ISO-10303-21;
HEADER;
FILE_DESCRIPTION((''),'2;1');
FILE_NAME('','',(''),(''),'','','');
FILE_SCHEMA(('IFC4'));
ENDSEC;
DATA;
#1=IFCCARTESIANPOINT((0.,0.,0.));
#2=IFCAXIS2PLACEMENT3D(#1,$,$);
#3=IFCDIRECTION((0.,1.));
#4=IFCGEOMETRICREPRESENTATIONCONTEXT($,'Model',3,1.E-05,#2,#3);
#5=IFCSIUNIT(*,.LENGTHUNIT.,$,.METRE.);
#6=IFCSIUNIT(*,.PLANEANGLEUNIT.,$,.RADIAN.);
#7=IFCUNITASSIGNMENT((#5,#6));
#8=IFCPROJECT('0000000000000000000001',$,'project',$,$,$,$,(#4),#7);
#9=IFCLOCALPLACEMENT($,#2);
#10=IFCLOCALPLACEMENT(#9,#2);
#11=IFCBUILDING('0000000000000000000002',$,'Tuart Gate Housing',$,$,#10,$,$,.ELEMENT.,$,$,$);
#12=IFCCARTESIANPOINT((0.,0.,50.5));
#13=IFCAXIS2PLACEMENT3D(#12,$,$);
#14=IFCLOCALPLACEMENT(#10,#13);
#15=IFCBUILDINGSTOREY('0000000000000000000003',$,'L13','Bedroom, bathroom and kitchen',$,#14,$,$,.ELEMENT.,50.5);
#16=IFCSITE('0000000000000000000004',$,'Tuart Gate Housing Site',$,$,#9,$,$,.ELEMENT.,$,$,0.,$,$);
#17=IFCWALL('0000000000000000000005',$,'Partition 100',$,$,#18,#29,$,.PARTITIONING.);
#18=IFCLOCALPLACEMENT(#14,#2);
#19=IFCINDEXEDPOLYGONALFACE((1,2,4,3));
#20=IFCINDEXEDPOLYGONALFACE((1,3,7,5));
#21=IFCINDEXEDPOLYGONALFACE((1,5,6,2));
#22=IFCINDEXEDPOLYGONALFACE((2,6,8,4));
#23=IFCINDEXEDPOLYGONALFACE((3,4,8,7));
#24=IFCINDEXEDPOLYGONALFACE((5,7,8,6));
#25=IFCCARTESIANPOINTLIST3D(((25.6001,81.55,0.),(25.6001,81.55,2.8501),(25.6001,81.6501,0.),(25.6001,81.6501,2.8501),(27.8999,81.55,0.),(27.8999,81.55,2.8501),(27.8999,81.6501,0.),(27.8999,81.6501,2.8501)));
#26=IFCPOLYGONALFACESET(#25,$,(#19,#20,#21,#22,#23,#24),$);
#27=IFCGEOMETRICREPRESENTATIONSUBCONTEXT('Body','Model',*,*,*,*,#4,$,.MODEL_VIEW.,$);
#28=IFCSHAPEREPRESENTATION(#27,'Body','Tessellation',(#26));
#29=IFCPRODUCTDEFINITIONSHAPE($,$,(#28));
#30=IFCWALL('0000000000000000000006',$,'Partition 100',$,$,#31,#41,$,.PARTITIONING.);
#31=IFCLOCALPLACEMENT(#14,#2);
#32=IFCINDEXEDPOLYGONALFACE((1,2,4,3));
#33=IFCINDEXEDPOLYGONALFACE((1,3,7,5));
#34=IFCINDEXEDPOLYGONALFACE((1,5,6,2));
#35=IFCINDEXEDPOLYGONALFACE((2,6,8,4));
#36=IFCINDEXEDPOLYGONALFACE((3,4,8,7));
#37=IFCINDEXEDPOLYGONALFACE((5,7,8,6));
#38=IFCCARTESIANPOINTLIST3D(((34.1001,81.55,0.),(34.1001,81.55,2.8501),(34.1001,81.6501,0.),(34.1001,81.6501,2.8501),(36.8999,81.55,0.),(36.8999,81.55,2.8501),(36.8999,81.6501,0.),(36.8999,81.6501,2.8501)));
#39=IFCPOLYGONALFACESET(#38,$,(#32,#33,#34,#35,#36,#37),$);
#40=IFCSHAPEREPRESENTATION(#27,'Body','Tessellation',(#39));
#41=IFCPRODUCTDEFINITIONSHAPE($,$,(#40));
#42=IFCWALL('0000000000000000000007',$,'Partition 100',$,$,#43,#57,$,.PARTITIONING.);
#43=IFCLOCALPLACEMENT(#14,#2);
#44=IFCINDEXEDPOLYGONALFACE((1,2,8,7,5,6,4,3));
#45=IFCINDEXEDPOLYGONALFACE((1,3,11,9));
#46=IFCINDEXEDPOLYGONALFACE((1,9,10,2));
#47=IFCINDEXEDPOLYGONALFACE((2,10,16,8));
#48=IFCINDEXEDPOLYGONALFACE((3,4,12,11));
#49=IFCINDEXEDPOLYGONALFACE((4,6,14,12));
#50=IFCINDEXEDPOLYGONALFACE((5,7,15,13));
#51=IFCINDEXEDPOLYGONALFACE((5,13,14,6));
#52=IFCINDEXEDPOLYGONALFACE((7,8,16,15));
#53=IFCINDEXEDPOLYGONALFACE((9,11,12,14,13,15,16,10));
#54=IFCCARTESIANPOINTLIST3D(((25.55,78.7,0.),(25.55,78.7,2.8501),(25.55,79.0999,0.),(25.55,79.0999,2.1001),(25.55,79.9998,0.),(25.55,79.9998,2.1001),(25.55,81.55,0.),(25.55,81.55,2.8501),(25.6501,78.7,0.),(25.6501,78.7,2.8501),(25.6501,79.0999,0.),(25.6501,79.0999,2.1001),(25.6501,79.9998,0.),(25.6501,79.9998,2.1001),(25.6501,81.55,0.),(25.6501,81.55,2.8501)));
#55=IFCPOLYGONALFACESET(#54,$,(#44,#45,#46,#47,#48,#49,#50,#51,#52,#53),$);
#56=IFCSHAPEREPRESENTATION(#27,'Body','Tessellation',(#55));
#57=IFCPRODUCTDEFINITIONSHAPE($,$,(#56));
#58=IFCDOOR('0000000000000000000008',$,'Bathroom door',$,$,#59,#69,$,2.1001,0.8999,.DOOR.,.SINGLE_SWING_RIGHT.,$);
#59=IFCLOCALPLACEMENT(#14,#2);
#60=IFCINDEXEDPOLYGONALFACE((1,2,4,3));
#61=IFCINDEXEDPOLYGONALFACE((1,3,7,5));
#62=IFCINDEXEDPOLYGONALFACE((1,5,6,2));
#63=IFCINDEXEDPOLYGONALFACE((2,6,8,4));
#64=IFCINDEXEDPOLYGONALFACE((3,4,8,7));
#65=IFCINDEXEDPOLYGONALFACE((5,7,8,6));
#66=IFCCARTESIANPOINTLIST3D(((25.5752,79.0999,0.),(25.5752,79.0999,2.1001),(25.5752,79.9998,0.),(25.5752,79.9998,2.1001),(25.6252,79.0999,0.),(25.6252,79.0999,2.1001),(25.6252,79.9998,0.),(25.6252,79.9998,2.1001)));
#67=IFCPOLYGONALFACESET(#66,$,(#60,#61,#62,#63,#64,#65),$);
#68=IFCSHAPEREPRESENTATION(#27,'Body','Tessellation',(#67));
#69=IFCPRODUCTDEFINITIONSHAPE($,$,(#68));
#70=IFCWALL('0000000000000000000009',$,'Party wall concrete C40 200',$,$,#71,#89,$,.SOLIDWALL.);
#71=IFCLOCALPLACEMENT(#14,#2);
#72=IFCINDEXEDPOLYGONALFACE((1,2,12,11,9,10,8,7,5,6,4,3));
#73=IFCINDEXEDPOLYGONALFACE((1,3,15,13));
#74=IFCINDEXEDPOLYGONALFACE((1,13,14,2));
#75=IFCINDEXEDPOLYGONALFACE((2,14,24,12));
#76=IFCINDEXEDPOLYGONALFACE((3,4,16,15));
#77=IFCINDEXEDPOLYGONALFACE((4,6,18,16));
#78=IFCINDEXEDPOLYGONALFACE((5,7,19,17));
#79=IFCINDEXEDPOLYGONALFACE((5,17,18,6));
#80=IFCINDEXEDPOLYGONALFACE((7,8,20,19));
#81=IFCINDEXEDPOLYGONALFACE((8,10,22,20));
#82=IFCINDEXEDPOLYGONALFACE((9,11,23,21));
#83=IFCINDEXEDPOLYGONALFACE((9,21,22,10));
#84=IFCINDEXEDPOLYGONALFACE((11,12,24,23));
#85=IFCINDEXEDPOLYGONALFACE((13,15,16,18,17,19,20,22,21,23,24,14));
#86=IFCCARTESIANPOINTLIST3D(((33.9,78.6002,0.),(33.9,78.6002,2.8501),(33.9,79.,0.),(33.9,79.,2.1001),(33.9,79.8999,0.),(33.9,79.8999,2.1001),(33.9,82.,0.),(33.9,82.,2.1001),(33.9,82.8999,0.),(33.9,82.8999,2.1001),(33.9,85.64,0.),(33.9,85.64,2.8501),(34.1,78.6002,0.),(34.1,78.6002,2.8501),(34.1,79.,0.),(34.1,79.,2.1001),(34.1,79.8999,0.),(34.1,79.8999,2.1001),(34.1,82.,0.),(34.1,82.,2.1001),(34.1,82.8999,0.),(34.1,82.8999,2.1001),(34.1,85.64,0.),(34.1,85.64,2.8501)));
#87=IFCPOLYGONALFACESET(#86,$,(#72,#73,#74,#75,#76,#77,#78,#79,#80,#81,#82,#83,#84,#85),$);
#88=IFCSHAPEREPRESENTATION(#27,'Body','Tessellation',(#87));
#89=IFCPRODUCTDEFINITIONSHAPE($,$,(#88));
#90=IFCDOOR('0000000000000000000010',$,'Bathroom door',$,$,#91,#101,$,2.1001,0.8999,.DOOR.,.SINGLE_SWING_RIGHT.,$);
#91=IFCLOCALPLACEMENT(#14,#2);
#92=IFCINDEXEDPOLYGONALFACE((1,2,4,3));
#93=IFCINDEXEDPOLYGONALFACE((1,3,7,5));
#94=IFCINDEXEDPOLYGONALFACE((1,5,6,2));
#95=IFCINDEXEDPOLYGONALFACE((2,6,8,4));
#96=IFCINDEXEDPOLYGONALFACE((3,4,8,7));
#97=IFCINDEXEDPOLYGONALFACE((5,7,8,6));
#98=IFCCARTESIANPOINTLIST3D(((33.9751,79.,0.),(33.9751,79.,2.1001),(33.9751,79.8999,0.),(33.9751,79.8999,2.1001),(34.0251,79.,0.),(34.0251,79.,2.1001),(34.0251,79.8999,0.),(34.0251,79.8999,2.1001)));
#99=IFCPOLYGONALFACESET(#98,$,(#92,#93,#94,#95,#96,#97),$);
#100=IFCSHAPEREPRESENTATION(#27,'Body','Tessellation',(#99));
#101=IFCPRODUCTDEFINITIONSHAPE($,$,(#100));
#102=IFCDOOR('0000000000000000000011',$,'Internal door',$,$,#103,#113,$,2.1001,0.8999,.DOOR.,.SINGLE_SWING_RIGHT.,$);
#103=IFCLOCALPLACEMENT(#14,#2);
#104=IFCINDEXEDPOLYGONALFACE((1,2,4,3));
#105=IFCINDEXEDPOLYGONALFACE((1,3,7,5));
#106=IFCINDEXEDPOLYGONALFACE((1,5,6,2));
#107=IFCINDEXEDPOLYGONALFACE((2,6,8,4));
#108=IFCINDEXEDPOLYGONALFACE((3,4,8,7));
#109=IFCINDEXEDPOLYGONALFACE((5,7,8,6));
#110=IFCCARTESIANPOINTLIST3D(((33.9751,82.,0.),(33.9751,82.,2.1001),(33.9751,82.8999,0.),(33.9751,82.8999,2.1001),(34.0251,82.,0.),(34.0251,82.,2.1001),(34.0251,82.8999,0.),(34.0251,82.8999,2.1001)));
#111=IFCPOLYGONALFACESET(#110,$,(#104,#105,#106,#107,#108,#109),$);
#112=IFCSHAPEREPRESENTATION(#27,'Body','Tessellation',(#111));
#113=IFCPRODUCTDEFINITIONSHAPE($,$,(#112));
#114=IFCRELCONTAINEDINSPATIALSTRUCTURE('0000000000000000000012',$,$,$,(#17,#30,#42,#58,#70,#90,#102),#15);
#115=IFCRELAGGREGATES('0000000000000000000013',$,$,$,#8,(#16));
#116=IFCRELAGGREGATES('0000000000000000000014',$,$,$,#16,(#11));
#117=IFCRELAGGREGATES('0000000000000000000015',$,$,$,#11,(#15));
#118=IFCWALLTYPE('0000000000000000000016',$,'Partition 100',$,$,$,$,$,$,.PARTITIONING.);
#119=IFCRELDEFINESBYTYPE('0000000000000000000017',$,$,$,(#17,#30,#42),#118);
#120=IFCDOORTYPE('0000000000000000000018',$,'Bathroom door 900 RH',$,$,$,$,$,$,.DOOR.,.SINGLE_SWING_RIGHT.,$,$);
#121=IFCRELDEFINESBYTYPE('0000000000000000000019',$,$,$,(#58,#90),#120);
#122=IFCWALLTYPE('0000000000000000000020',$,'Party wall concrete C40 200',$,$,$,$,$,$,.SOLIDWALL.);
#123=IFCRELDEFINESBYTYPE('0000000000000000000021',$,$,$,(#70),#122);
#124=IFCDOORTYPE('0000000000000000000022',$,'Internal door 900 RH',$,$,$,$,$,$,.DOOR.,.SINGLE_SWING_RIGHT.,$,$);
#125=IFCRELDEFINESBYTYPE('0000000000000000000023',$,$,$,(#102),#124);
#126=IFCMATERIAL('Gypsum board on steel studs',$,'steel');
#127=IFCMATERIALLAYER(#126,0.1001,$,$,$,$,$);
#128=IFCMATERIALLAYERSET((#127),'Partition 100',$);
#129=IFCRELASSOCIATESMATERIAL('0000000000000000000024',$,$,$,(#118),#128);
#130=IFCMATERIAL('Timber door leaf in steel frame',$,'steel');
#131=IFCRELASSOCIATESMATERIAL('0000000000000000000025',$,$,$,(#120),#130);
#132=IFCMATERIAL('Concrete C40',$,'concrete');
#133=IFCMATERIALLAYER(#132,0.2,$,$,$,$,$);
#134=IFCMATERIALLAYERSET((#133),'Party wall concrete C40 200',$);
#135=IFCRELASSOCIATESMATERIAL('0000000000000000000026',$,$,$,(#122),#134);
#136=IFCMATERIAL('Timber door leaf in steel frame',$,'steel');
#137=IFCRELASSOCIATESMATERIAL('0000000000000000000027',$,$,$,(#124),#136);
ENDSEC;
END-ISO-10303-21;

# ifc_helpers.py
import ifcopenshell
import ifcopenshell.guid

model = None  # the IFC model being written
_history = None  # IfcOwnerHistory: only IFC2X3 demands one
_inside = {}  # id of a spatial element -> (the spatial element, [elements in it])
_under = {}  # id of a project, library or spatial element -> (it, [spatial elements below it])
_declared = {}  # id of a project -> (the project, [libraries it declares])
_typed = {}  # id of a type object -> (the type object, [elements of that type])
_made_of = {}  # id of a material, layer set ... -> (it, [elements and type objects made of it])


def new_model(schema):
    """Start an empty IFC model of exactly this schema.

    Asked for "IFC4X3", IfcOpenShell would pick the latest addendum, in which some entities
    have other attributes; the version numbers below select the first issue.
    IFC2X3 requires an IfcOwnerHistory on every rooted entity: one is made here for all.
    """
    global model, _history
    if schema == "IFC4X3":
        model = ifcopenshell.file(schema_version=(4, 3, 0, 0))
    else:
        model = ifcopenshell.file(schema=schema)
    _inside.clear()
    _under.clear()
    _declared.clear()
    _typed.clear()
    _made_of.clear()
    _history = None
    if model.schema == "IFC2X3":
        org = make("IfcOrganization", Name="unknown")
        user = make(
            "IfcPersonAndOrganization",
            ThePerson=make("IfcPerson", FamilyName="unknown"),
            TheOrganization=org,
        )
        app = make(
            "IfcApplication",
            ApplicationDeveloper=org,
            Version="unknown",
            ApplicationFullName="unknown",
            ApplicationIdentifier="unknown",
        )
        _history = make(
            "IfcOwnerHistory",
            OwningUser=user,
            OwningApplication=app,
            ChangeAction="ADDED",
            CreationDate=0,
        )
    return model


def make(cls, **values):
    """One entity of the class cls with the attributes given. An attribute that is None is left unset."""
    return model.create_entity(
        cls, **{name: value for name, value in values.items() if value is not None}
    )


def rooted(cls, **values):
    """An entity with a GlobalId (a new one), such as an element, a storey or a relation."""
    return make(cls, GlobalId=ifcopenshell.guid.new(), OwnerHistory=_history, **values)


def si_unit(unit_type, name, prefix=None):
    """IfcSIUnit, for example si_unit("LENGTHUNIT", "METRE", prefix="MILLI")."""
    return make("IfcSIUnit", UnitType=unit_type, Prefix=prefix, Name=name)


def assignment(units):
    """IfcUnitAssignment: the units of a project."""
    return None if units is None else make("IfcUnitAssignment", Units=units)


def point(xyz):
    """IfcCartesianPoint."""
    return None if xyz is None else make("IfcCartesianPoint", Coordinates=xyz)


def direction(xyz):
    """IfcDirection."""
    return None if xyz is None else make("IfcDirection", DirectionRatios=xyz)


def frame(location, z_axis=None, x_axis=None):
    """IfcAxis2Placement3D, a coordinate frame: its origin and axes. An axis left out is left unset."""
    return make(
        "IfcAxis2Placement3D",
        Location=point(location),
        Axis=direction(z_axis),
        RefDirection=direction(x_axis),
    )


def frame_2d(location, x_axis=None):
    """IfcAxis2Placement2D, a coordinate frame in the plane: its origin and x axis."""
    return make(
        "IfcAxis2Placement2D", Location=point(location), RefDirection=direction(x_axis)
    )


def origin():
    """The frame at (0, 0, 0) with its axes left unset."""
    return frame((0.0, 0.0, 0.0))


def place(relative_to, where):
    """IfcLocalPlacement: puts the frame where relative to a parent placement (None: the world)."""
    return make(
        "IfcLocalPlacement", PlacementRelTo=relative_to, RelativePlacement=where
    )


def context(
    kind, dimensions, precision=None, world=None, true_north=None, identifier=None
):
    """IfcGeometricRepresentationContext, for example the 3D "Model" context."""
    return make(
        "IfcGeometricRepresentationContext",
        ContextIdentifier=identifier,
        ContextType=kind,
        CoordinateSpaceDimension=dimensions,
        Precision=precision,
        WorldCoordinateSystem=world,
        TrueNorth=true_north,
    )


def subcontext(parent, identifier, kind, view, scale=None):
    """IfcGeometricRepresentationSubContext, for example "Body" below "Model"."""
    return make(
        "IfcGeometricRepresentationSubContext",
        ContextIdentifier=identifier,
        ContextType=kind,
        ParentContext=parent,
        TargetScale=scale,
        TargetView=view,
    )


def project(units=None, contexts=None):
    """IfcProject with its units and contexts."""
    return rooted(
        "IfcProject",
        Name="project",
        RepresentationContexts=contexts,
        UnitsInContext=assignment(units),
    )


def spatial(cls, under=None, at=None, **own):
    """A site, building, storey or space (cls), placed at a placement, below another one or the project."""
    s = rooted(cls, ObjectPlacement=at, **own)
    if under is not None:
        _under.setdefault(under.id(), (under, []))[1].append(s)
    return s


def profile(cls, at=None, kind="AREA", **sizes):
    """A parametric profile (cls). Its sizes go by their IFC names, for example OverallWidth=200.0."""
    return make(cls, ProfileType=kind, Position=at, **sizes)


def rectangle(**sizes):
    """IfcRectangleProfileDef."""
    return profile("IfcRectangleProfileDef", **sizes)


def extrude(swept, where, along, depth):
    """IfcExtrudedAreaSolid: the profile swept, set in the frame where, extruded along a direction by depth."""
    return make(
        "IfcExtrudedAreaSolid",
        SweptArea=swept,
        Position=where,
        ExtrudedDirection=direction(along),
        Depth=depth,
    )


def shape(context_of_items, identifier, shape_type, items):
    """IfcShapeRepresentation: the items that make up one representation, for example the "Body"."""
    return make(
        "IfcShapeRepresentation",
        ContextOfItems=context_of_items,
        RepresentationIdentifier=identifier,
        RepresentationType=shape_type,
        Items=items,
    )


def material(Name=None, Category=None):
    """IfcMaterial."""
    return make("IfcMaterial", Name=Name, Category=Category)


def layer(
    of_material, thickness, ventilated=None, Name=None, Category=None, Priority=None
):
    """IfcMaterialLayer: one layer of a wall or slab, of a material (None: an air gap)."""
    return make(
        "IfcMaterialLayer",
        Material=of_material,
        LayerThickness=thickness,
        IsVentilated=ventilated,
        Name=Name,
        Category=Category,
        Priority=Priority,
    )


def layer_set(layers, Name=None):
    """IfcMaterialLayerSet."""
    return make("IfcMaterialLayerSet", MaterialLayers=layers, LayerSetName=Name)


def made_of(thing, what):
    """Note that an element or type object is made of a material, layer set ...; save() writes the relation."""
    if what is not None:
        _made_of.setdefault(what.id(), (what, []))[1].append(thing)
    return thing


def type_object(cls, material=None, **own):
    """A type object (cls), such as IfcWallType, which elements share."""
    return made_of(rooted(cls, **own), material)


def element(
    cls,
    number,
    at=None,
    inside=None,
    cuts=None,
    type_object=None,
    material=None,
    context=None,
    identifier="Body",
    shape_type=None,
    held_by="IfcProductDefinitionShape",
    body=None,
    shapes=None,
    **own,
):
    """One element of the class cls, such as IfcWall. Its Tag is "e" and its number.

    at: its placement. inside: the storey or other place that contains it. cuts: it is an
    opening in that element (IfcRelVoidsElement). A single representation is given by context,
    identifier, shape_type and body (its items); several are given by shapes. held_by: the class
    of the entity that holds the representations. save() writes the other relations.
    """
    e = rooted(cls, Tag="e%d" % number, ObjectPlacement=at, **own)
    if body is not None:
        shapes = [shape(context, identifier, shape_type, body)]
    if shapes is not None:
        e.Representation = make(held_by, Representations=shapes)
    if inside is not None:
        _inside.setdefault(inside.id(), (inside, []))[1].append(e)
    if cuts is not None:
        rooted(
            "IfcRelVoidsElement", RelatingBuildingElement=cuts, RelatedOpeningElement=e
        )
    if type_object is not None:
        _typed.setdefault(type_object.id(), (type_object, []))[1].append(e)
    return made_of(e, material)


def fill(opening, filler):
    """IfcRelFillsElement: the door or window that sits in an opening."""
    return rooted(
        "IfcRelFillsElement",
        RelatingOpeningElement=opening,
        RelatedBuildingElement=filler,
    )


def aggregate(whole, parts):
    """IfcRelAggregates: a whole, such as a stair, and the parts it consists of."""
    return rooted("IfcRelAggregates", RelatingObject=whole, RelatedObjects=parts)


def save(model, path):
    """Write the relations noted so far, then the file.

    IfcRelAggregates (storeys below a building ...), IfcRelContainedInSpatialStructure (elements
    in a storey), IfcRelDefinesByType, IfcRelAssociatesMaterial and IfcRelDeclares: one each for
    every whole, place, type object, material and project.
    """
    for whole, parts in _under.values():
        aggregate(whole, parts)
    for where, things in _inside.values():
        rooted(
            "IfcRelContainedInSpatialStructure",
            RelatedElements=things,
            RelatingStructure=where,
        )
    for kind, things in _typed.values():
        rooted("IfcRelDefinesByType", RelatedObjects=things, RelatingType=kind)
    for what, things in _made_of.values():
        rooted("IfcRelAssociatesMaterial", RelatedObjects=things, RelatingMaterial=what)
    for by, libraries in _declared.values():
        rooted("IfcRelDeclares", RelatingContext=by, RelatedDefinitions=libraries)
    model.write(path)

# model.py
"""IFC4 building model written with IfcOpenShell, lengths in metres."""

from ifc_helpers import new_model, si_unit, direction, frame, frame_2d, origin, place, context, subcontext, project, spatial, rectangle, extrude, material, layer, layer_set, type_object, element, fill, save


model = new_model("IFC4")

# Units and contexts
model_context = context("Model", 3, precision=1e-05, world=origin(), true_north=direction((0.0, 1.0)))
body_context = subcontext(model_context, "Body", "Model", "MODEL_VIEW")
ifc_project = project(units=[si_unit("LENGTHUNIT", "METRE"), si_unit("PLANEANGLEUNIT", "RADIAN")], contexts=[model_context])

# Site, building, storey
site_placement = place(None, origin())
site = spatial("IfcSite", under=ifc_project, at=site_placement, Name="Tuart Gate Housing Site", CompositionType="ELEMENT", RefElevation=0.0)
building_placement = place(site_placement, origin())
building = spatial("IfcBuilding", under=site, at=building_placement, Name="Tuart Gate Housing", CompositionType="ELEMENT")
storey_placement = place(building_placement, frame((0.0, 0.0, 50.5)))
storey = spatial("IfcBuildingStorey", under=building, at=storey_placement, Name="L13", Description="Bedroom, bathroom and kitchen", CompositionType="ELEMENT", Elevation=50.5)

# Walls
ifc_material_1 = material(Name="Gypsum board on steel studs", Category="steel")
ifc_layer_1 = layer(ifc_material_1, 0.1001)
ifc_layer_set_1 = layer_set([ifc_layer_1], Name="Partition 100")
wall_type_1 = type_object("IfcWallType", Name="Partition 100", PredefinedType="PARTITIONING", material=ifc_layer_set_1)
wall_1_placement = place(storey_placement, frame((25.6001, 81.6001, 0.0), z_axis=(0.0, 0.0, 1.0), x_axis=(1.0, 0.0, 0.0)))
element("IfcWall", 1, at=wall_1_placement, inside=storey, type_object=wall_type_1, Name="Partition 100", PredefinedType="PARTITIONING", context=body_context, shape_type="SweptSolid", body=[
    extrude(rectangle(XDim=2.2998, YDim=0.1001, at=frame_2d((1.1499, 0.0))), origin(), (0.0, 0.0, 1.0), 2.8501),
])
wall_2_placement = place(storey_placement, frame((34.1001, 81.6001, 0.0), z_axis=(0.0, 0.0, 1.0), x_axis=(1.0, 0.0, 0.0)))
element("IfcWall", 2, at=wall_2_placement, inside=storey, type_object=wall_type_1, Name="Partition 100", PredefinedType="PARTITIONING", context=body_context, shape_type="SweptSolid", body=[
    extrude(rectangle(XDim=2.7998, YDim=0.1001, at=frame_2d((1.3999, 0.0))), origin(), (0.0, 0.0, 1.0), 2.8501),
])

# Wall, opening, door
wall_3_placement = place(storey_placement, frame((25.6001, 78.7, 0.0), z_axis=(0.0, 0.0, 1.0), x_axis=(0.0, 1.0, 0.0)))
wall_3 = element("IfcWall", 3, at=wall_3_placement, inside=storey, type_object=wall_type_1, Name="Partition 100", PredefinedType="PARTITIONING", context=body_context, shape_type="SweptSolid", body=[
    extrude(rectangle(XDim=2.8501, YDim=0.1001, at=frame_2d((1.425, 0.0))), origin(), (0.0, 0.0, 1.0), 2.8501),
])
opening_1_placement = place(wall_3_placement, frame((0.3999, 0.0, 0.0)))
opening_1 = element("IfcOpeningElement", 4, at=opening_1_placement, cuts=wall_3, PredefinedType="OPENING", context=body_context, shape_type="SweptSolid", body=[
    extrude(rectangle(XDim=0.8999, YDim=2.1001, at=frame_2d((0.45, 1.05))), frame((0.0, 0.0601, 0.0), z_axis=(0.0, -1.0, 0.0), x_axis=(1.0, 0.0, 0.0)), (0.0, 0.0, 1.0), 0.1201),
])
ifc_material_2 = material(Name="Timber door leaf in steel frame", Category="steel")
door_type_1 = type_object("IfcDoorType", Name="Bathroom door 900 RH", OperationType="SINGLE_SWING_RIGHT", PredefinedType="DOOR", material=ifc_material_2)
door_1_placement = place(opening_1_placement, frame((0.8999, 0.0, 0.0), z_axis=(0.0, 0.0, 1.0), x_axis=(-1.0, 0.0, 0.0)))
door_1 = element("IfcDoor", 5, at=door_1_placement, inside=storey, type_object=door_type_1, Name="Bathroom door", OperationType="SINGLE_SWING_RIGHT", OverallHeight=2.1001, OverallWidth=0.8999, PredefinedType="DOOR", context=body_context, shape_type="SweptSolid", body=[
    extrude(rectangle(XDim=0.8999, YDim=2.1001, at=frame_2d((0.45, 1.05))), frame((0.0, 0.0251, 0.0), z_axis=(0.0, -1.0, 0.0), x_axis=(1.0, 0.0, 0.0)), (0.0, 0.0, 1.0), 0.05),
])
fill(opening_1, door_1)

# Wall, openings, doors
ifc_material_3 = material(Name="Concrete C40", Category="concrete")
ifc_layer_2 = layer(ifc_material_3, 0.2)
ifc_layer_set_2 = layer_set([ifc_layer_2], Name="Party wall concrete C40 200")
wall_type_2 = type_object("IfcWallType", Name="Party wall concrete C40 200", PredefinedType="SOLIDWALL", material=ifc_layer_set_2)
wall_4_placement = place(storey_placement, frame((34.0, 78.6001, 0.0), z_axis=(0.0, 0.0, 1.0), x_axis=(0.0, 1.0, 0.0)))
wall_4 = element("IfcWall", 6, at=wall_4_placement, inside=storey, type_object=wall_type_2, Name="Party wall concrete C40 200", PredefinedType="SOLIDWALL", context=body_context, shape_type="SweptSolid", body=[
    extrude(rectangle(XDim=7.0398, YDim=0.2, at=frame_2d((3.52, 0.0))), origin(), (0.0, 0.0, 1.0), 2.8501),
])
opening_2_placement = place(wall_4_placement, frame((3.3999, 0.0, 0.0)))
opening_2 = element("IfcOpeningElement", 7, at=opening_2_placement, cuts=wall_4, PredefinedType="OPENING", context=body_context, shape_type="SweptSolid", body=[
    extrude(rectangle(XDim=0.8999, YDim=2.1001, at=frame_2d((0.45, 1.05))), frame((0.0, 0.1099, 0.0), z_axis=(0.0, -1.0, 0.0), x_axis=(1.0, 0.0, 0.0)), (0.0, 0.0, 1.0), 0.22),
])
opening_3_placement = place(wall_4_placement, frame((0.3999, 0.0, 0.0)))
opening_3 = element("IfcOpeningElement", 8, at=opening_3_placement, cuts=wall_4, PredefinedType="OPENING", context=body_context, shape_type="SweptSolid", body=[
    extrude(rectangle(XDim=0.8999, YDim=2.1001, at=frame_2d((0.45, 1.05))), frame((0.0, 0.1099, 0.0), z_axis=(0.0, -1.0, 0.0), x_axis=(1.0, 0.0, 0.0)), (0.0, 0.0, 1.0), 0.22),
])
door_2_placement = place(opening_3_placement, frame((0.8999, 0.0, 0.0), z_axis=(0.0, 0.0, 1.0), x_axis=(-1.0, 0.0, 0.0)))
door_2 = element("IfcDoor", 9, at=door_2_placement, inside=storey, type_object=door_type_1, Name="Bathroom door", OperationType="SINGLE_SWING_RIGHT", OverallHeight=2.1001, OverallWidth=0.8999, PredefinedType="DOOR", context=body_context, shape_type="SweptSolid", body=[
    extrude(rectangle(XDim=0.8999, YDim=2.1001, at=frame_2d((0.45, 1.05))), frame((0.0, 0.0251, 0.0), z_axis=(0.0, -1.0, 0.0), x_axis=(1.0, 0.0, 0.0)), (0.0, 0.0, 1.0), 0.05),
])
fill(opening_3, door_2)
ifc_material_4 = material(Name="Timber door leaf in steel frame", Category="steel")
door_type_2 = type_object("IfcDoorType", Name="Internal door 900 RH", OperationType="SINGLE_SWING_RIGHT", PredefinedType="DOOR", material=ifc_material_4)
door_3_placement = place(opening_2_placement, frame((0.8999, 0.0, 0.0), z_axis=(0.0, 0.0, 1.0), x_axis=(-1.0, 0.0, 0.0)))
door_3 = element("IfcDoor", 10, at=door_3_placement, inside=storey, type_object=door_type_2, Name="Internal door", OperationType="SINGLE_SWING_RIGHT", OverallHeight=2.1001, OverallWidth=0.8999, PredefinedType="DOOR", context=body_context, shape_type="SweptSolid", body=[
    extrude(rectangle(XDim=0.8999, YDim=2.1001, at=frame_2d((0.45, 1.05))), frame((0.0, 0.0251, 0.0), z_axis=(0.0, -1.0, 0.0), x_axis=(1.0, 0.0, 0.0)), (0.0, 0.0, 1.0), 0.05),
])
fill(opening_2, door_3)

save(model, "model.ifc")
